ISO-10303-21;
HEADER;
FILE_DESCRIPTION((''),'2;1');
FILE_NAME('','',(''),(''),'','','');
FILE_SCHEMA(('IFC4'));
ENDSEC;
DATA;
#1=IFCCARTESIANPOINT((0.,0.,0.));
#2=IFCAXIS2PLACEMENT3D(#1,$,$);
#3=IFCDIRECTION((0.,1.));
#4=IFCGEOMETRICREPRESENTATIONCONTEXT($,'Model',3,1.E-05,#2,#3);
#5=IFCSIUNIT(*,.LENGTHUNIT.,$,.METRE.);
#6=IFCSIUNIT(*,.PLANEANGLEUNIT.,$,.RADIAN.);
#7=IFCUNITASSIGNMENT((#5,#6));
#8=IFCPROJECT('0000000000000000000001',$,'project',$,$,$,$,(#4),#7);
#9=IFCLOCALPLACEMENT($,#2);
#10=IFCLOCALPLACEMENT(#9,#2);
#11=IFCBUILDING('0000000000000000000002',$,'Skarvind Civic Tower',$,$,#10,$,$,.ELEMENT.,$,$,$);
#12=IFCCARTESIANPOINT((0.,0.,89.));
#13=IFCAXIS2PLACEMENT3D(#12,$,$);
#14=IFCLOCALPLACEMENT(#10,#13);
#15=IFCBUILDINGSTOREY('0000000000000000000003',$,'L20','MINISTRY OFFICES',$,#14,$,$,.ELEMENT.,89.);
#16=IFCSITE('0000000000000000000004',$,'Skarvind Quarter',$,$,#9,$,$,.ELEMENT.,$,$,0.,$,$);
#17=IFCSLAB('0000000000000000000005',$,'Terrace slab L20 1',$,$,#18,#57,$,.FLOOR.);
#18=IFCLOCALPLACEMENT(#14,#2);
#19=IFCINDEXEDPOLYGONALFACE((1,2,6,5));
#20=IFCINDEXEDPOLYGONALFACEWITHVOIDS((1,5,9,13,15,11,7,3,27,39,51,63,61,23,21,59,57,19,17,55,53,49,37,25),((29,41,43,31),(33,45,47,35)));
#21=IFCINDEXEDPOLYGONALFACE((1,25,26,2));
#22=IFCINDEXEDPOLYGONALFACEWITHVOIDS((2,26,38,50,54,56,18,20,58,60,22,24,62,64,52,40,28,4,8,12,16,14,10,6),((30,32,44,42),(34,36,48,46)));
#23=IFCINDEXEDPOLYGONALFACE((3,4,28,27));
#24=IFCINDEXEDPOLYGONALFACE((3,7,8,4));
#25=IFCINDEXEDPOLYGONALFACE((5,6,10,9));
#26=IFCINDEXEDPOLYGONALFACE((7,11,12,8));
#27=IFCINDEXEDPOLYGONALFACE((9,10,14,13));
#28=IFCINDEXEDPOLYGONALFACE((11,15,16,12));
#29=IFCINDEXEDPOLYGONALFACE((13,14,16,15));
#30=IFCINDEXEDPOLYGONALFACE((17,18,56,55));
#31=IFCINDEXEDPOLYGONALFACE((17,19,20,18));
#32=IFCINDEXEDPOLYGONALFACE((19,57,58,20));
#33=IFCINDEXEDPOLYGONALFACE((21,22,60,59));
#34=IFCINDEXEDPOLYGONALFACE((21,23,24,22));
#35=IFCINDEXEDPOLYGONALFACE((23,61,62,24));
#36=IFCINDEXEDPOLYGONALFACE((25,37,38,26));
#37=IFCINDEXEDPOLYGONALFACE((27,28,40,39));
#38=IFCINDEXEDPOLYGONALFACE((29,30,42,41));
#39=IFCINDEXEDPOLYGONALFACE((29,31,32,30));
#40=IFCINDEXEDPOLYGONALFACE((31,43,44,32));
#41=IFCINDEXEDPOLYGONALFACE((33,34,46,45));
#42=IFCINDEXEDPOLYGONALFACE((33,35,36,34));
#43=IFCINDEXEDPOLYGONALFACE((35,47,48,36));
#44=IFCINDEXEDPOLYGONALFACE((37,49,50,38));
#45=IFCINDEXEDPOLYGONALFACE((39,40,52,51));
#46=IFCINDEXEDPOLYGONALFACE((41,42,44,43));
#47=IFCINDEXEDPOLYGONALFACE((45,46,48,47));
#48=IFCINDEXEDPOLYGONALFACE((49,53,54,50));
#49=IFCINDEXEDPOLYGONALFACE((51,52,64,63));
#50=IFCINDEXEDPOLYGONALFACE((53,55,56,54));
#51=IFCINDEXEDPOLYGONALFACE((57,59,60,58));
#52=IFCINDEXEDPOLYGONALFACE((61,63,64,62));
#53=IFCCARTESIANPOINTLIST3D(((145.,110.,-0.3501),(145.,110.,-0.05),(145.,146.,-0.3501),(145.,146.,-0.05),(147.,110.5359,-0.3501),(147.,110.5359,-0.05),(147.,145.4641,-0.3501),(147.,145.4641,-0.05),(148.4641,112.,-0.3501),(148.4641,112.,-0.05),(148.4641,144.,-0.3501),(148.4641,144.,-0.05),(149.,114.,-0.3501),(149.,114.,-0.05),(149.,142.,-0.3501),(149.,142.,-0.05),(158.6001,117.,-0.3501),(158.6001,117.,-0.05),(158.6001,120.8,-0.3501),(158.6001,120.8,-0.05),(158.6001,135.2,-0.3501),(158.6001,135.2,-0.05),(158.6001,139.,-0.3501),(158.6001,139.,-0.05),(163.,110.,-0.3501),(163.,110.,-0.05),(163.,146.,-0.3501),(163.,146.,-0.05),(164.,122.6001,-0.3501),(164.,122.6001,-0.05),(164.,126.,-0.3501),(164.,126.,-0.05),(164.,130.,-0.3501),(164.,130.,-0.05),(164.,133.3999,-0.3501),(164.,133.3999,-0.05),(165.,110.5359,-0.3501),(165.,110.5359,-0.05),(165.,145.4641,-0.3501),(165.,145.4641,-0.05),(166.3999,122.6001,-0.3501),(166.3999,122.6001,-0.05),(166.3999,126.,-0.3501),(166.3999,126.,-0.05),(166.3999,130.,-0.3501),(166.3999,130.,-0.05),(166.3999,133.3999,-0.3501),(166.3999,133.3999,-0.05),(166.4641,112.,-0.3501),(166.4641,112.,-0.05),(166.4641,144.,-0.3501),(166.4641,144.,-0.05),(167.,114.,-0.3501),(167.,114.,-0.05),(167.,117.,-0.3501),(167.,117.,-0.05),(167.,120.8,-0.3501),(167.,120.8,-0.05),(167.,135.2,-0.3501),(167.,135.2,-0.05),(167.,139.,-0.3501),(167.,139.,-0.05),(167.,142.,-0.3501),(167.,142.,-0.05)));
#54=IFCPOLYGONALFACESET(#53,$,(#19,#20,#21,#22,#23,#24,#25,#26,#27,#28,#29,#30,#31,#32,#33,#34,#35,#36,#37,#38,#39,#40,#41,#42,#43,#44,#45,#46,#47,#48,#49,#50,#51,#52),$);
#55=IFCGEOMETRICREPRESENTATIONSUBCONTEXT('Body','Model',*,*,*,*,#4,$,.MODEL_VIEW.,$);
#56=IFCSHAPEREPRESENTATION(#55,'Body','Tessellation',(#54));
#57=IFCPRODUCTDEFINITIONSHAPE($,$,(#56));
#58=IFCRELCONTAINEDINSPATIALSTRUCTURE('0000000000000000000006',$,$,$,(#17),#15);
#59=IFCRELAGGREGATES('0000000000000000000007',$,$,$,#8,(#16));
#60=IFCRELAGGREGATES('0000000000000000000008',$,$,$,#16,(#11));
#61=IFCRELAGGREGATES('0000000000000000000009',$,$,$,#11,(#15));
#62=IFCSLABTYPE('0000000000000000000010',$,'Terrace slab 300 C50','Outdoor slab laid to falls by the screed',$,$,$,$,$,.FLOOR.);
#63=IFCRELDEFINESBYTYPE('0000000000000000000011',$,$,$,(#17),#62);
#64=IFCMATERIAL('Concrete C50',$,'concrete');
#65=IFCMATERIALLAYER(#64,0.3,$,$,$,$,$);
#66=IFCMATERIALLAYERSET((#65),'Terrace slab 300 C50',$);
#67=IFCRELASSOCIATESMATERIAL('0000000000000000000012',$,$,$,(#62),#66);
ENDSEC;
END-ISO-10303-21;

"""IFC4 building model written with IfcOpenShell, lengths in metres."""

from ifc_helpers import new_model, si_unit, direction, frame, origin, place, context, subcontext, project, spatial, polyline, outline, extrude, material, layer, layer_set, type_object, element, save


model = new_model("IFC4")

# Units and contexts
model_context = context("Model", 3, precision=1e-05, world=origin(), true_north=direction((0.0, 1.0)))
body_context = subcontext(model_context, "Body", "Model", "MODEL_VIEW")
ifc_project = project(units=[si_unit("LENGTHUNIT", "METRE"), si_unit("PLANEANGLEUNIT", "RADIAN")], contexts=[model_context])

# Site, building, storey
site_placement = place(None, origin())
site = spatial("IfcSite", under=ifc_project, at=site_placement, Name="Skarvind Quarter", CompositionType="ELEMENT", RefElevation=0.0)
building_placement = place(site_placement, origin())
building = spatial("IfcBuilding", under=site, at=building_placement, Name="Skarvind Civic Tower", CompositionType="ELEMENT")
storey_placement = place(building_placement, frame((0.0, 0.0, 89.0)))
storey = spatial("IfcBuildingStorey", under=building, at=storey_placement, Name="L20", Description="MINISTRY OFFICES", CompositionType="ELEMENT", Elevation=89.0)

# Shared definitions
ifc_material_1 = material(Name="Concrete C50", Category="concrete")

# Slab
ifc_layer_1 = layer(ifc_material_1, 0.3)
ifc_layer_set_1 = layer_set([ifc_layer_1], Name="Terrace slab 300 C50")
slab_type_1 = type_object("IfcSlabType", Name="Terrace slab 300 C50", Description="Outdoor slab laid to falls by the screed", PredefinedType="FLOOR", material=ifc_layer_set_1)
slab_1_placement = place(storey_placement, frame((0.0, 0.0, -0.3501)))
element("IfcSlab", 1, at=slab_1_placement, inside=storey, type_object=slab_type_1, Name="Terrace slab L20 1", PredefinedType="FLOOR", context=body_context, shape_type="SweptSolid", body=[
    extrude(outline(polyline([(163.0, 146.0), (145.0, 146.0), (147.0, 145.4641), (148.4641, 144.0), (149.0, 142.0), (149.0, 114.0), (148.4641, 112.0), (147.0, 110.5359), (145.0, 110.0), (163.0, 110.0), (165.0, 110.5359), (166.4641, 112.0), (167.0, 114.0), (167.0, 117.0), (158.6001, 117.0), (158.6001, 120.8), (167.0, 120.8), (167.0, 135.2), (158.6001, 135.2), (158.6001, 139.0), (167.0, 139.0), (167.0, 142.0), (166.4641, 144.0), (165.0, 145.4641), (163.0, 146.0)]), holes=[polyline([(166.3999, 122.6001), (164.0, 122.6001), (164.0, 126.0), (166.3999, 126.0), (166.3999, 122.6001)]), polyline([(166.3999, 130.0), (164.0, 130.0), (164.0, 133.3999), (166.3999, 133.3999), (166.3999, 130.0)])]), origin(), (0.0, 0.0, 1.0), 0.3),
])

save(model, "model.ifc")
